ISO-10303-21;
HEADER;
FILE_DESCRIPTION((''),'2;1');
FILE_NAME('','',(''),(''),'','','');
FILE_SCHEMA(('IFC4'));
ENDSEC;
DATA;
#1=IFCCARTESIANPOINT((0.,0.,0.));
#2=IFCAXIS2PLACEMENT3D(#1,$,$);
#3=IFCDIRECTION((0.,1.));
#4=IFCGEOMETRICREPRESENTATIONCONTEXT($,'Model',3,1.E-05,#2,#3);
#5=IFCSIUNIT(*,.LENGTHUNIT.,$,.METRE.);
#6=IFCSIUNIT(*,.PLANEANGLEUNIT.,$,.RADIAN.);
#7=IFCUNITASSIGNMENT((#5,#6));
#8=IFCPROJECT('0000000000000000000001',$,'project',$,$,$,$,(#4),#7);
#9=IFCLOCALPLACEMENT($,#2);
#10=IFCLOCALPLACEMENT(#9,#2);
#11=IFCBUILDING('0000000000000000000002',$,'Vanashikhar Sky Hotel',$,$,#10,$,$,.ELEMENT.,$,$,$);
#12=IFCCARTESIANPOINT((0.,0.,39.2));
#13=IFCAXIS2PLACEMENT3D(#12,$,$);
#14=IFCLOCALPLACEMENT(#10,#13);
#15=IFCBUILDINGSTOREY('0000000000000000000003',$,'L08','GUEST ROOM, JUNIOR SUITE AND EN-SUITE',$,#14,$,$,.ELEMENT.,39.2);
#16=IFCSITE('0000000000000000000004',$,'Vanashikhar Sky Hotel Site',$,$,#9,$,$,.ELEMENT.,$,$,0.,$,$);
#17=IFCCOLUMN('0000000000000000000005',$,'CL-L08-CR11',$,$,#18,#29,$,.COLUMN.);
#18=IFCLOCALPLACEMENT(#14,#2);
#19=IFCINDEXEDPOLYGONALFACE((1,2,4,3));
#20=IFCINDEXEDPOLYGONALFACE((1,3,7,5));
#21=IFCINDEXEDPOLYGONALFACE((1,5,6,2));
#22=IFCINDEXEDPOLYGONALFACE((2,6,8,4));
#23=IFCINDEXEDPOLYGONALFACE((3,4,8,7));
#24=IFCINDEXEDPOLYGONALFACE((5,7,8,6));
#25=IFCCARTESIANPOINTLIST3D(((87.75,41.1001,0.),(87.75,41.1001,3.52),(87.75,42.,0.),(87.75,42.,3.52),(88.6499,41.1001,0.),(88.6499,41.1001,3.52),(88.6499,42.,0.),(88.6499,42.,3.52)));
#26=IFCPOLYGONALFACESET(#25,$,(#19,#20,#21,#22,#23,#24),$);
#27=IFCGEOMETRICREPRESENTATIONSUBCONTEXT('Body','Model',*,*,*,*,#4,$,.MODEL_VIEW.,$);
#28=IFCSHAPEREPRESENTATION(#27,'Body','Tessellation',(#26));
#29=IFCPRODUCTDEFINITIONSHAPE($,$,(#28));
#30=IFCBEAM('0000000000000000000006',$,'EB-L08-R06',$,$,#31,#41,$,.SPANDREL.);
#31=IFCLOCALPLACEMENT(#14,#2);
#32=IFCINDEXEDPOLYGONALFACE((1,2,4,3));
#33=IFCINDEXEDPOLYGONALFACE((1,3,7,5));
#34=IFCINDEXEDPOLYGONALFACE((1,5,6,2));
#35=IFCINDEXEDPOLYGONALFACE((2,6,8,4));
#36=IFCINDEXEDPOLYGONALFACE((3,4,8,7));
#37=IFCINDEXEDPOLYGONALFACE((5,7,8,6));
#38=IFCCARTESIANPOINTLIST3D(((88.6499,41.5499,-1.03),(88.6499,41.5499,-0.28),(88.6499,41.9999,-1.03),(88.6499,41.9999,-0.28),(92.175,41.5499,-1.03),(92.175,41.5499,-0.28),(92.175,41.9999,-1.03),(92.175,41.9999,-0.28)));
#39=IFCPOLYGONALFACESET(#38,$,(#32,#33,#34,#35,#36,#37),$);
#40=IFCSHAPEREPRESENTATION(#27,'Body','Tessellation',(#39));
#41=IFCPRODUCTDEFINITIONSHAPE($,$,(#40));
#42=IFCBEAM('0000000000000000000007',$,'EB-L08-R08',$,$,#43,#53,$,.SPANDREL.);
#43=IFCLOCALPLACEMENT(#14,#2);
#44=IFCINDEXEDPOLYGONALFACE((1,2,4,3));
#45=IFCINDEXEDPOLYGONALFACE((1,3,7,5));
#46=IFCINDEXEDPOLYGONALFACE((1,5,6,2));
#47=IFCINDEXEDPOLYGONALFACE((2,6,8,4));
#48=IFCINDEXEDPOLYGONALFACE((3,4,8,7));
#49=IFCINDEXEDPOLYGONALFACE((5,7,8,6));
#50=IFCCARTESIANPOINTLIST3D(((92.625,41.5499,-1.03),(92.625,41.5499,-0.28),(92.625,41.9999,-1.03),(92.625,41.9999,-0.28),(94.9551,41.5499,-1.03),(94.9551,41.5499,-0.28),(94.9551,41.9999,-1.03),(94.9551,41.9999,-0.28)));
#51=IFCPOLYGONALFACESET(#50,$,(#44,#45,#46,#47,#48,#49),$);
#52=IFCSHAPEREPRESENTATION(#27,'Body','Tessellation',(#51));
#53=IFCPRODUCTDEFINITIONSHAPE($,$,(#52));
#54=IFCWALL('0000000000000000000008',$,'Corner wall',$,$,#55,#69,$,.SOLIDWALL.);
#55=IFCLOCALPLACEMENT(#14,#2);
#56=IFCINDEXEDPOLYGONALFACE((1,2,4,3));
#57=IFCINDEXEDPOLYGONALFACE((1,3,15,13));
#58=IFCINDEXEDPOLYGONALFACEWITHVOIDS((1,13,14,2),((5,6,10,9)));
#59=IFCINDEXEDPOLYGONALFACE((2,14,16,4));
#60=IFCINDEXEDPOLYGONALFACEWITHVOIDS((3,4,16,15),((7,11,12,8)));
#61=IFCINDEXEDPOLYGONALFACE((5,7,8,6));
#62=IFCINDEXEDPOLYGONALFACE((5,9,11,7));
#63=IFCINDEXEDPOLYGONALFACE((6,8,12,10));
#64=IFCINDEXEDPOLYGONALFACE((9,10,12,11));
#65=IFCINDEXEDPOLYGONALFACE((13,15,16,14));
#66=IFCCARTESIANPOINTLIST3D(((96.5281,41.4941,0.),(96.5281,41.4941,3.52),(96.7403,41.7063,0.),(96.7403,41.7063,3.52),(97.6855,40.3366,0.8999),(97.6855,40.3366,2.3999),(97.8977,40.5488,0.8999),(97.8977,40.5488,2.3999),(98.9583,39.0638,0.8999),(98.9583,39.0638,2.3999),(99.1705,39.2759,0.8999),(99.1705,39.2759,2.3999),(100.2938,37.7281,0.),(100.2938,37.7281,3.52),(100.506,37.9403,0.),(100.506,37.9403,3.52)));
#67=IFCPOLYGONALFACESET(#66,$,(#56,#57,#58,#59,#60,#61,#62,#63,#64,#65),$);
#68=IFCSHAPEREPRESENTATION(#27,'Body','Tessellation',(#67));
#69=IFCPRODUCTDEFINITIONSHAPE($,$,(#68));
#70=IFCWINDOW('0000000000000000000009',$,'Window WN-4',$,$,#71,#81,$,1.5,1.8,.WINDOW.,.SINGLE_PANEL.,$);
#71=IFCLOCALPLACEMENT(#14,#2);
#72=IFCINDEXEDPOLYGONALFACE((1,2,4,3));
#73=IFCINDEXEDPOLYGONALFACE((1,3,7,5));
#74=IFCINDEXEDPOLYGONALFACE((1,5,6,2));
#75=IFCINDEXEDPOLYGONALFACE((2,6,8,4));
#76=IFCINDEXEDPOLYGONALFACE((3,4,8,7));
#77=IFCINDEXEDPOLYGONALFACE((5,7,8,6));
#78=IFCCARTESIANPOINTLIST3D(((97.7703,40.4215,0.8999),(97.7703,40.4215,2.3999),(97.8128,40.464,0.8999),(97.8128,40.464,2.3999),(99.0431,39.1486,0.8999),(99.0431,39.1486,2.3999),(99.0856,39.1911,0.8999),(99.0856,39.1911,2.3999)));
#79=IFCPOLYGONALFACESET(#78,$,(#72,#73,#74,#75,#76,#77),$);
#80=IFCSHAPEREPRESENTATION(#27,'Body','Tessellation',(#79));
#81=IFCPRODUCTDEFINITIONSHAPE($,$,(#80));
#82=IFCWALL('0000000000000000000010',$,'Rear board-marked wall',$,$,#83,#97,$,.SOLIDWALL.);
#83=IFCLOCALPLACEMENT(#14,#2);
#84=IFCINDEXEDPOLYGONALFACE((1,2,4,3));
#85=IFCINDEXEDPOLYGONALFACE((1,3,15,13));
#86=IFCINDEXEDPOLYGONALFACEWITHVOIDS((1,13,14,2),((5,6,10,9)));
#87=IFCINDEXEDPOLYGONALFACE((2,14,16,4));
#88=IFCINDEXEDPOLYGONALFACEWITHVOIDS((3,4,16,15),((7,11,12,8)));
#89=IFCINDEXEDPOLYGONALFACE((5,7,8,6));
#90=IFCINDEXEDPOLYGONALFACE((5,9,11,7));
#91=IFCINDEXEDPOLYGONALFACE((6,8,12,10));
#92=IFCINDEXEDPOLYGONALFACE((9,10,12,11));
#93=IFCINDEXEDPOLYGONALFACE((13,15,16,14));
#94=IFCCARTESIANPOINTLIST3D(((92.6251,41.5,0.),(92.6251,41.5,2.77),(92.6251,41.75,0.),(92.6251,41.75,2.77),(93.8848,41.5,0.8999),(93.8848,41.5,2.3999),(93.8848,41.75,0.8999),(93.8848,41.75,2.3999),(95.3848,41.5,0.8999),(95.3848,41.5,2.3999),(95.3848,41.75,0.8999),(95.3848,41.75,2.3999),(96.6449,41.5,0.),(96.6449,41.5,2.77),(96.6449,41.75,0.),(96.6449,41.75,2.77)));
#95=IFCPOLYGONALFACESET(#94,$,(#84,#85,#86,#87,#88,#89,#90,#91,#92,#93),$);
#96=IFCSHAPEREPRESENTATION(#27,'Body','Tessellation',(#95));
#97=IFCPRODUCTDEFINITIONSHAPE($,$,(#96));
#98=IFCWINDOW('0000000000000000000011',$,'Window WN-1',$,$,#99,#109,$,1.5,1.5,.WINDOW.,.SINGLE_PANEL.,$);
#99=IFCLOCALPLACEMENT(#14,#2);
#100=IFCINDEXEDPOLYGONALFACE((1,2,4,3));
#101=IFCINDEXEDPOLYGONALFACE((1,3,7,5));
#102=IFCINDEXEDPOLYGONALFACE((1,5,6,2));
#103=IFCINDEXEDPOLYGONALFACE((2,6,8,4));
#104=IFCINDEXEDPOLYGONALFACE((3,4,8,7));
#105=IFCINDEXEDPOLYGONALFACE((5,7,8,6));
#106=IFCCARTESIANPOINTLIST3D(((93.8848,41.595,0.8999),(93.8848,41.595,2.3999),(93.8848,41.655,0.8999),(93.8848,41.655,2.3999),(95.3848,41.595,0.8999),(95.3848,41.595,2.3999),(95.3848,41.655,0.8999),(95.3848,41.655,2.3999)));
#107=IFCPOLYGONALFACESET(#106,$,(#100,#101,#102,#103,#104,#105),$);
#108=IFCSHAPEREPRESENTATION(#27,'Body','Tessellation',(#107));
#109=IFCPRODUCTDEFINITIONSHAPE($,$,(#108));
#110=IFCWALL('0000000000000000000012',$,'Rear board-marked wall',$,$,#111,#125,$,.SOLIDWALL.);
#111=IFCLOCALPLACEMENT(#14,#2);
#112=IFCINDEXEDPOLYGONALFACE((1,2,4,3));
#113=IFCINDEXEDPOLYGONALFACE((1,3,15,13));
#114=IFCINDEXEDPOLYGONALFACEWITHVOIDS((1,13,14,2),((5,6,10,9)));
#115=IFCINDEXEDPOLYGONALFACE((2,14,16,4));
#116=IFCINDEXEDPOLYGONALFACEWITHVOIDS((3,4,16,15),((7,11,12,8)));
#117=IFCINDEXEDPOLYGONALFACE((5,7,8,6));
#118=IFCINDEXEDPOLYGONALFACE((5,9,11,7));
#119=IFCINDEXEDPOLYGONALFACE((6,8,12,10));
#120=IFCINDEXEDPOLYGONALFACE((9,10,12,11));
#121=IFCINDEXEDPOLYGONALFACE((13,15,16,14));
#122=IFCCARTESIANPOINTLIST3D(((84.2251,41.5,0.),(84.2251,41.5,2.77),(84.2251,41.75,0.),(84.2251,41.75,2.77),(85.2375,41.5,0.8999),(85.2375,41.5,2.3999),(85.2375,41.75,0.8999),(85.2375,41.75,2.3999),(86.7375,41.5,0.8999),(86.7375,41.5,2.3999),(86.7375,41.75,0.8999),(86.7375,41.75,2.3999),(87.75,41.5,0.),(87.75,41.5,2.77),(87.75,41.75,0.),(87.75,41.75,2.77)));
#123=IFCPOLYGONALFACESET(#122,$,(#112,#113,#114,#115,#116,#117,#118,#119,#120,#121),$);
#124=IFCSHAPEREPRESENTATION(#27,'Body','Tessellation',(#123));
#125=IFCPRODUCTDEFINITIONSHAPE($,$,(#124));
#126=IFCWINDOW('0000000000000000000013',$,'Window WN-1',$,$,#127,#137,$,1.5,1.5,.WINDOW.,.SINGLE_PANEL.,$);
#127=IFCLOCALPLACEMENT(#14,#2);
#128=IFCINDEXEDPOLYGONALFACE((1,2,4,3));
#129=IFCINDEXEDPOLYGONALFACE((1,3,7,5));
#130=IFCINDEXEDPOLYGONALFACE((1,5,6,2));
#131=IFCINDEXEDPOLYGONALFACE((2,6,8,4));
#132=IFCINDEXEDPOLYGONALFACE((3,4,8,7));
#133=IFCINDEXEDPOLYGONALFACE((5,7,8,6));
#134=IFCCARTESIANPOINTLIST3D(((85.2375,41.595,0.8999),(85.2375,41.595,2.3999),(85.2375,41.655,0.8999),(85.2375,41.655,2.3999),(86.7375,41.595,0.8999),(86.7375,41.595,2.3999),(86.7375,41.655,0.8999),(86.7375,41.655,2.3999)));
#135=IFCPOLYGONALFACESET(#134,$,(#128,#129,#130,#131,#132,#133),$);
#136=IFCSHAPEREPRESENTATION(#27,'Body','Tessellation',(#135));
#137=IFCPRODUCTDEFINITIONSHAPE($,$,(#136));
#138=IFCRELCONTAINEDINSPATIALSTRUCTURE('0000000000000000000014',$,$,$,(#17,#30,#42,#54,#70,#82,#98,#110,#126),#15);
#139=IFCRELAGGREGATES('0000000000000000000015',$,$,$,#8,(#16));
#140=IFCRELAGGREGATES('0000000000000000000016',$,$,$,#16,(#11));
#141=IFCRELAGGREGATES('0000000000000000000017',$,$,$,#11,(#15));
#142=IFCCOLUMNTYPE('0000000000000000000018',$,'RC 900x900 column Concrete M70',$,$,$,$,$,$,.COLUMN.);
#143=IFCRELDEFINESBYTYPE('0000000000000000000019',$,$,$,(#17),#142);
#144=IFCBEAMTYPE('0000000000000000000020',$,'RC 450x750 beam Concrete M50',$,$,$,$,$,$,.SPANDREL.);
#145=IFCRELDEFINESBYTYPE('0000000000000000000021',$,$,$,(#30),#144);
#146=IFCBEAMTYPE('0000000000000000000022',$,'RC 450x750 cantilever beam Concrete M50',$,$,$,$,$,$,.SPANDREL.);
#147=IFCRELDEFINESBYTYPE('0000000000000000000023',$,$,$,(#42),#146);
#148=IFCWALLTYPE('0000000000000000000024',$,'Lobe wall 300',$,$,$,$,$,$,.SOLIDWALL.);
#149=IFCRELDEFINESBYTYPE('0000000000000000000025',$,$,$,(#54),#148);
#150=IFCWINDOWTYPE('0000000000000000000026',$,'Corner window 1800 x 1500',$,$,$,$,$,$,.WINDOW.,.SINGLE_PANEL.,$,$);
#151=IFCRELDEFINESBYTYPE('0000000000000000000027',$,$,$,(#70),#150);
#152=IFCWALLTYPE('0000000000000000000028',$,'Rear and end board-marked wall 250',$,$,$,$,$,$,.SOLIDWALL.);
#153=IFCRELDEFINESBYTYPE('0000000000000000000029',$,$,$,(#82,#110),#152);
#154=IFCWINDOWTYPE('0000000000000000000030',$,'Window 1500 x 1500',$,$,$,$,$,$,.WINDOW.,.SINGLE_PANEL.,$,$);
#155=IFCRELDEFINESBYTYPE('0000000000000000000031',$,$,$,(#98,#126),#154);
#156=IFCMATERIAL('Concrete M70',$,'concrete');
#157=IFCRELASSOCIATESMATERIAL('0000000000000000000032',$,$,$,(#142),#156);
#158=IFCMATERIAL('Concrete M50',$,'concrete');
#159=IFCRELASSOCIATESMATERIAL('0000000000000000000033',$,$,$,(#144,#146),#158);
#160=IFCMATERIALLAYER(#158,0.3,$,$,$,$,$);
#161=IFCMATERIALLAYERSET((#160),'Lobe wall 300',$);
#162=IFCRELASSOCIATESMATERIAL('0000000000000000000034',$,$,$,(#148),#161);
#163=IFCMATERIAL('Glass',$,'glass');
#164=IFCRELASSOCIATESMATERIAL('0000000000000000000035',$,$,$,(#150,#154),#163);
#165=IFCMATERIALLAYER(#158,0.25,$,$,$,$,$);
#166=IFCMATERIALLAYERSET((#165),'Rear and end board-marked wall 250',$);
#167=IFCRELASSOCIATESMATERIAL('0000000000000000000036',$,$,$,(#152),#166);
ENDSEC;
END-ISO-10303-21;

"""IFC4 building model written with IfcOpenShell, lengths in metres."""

from ifc_helpers import new_model, si_unit, direction, frame, frame_2d, origin, origin_2d, place, context, subcontext, project, spatial, rectangle, extrude, source, transform, mapped, material, layer, layer_set, material_profile, profile_set, type_object, element, fill, save


model = new_model("IFC4")

# Units and contexts
model_context = context("Model", 3, precision=1e-05, world=origin(), true_north=direction((0.0, 1.0)))
body_context = subcontext(model_context, "Body", "Model", "MODEL_VIEW")
ifc_project = project(units=[si_unit("LENGTHUNIT", "METRE"), si_unit("PLANEANGLEUNIT", "RADIAN")], contexts=[model_context])

# Site, building, storey
site_placement = place(None, origin())
site = spatial("IfcSite", under=ifc_project, at=site_placement, Name="Vanashikhar Sky Hotel Site", CompositionType="ELEMENT", RefElevation=0.0)
building_placement = place(site_placement, origin())
building = spatial("IfcBuilding", under=site, at=building_placement, Name="Vanashikhar Sky Hotel", CompositionType="ELEMENT")
storey_placement = place(building_placement, frame((0.0, 0.0, 39.2)))
storey = spatial("IfcBuildingStorey", under=building, at=storey_placement, Name="L08", Description="GUEST ROOM, JUNIOR SUITE AND EN-SUITE", CompositionType="ELEMENT", Elevation=39.2)

# Column
ifc_material_1 = material(Name="Concrete M70", Category="concrete")
ifc_material_profile_1 = material_profile(ifc_material_1, rectangle(XDim=0.8999, YDim=0.8999, at=origin_2d()))
ifc_profile_set_1 = profile_set([ifc_material_profile_1], Name="RC 900x900 column Concrete M70")
column_type = type_object("IfcColumnType", Name="RC 900x900 column Concrete M70", PredefinedType="COLUMN", material=ifc_profile_set_1)
shared_shape_1 = source(origin(), body_context, "Body", "SweptSolid", [
    extrude(rectangle(XDim=0.8999, YDim=0.8999, at=origin_2d()), origin(), (0.0, 0.0, 1.0), 3.52),
])
column_placement = place(storey_placement, frame((88.2, 41.55, 0.0), z_axis=(0.0, 0.0, 1.0), x_axis=(1.0, 0.0, 0.0)))
element("IfcColumn", 1, at=column_placement, inside=storey, type_object=column_type, Name="CL-L08-CR11", PredefinedType="COLUMN", context=body_context, shape_type="MappedRepresentation", body=[
    mapped(shared_shape_1, transform((0.0, 0.0, 0.0), scale=1.0)),
])

# Beams
ifc_material_2 = material(Name="Concrete M50", Category="concrete")
ifc_material_profile_2 = material_profile(ifc_material_2, rectangle(XDim=0.45, YDim=0.75, at=origin_2d()))
ifc_profile_set_2 = profile_set([ifc_material_profile_2], Name="RC 450x750 beam Concrete M50")
beam_type_1 = type_object("IfcBeamType", Name="RC 450x750 beam Concrete M50", PredefinedType="SPANDREL", material=ifc_profile_set_2)
shared_shape_2 = source(origin(), body_context, "Body", "SweptSolid", [
    extrude(rectangle(XDim=0.45, YDim=0.75, at=origin_2d()), origin(), (0.0, 0.0, 1.0), 3.5251),
])
beam_1_placement = place(storey_placement, frame((88.6499, 41.7749, -0.655), z_axis=(1.0, 0.0, 0.0), x_axis=(0.0, 1.0, 0.0)))
element("IfcBeam", 2, at=beam_1_placement, inside=storey, type_object=beam_type_1, Name="EB-L08-R06", PredefinedType="SPANDREL", context=body_context, shape_type="MappedRepresentation", body=[
    mapped(shared_shape_2, transform((0.0, 0.0, 0.0), scale=1.0)),
])
ifc_material_profile_3 = material_profile(ifc_material_2, rectangle(XDim=0.45, YDim=0.75, at=origin_2d()))
ifc_profile_set_3 = profile_set([ifc_material_profile_3], Name="RC 450x750 cantilever beam Concrete M50")
beam_type_2 = type_object("IfcBeamType", Name="RC 450x750 cantilever beam Concrete M50", PredefinedType="SPANDREL", material=ifc_profile_set_3)
shared_shape_3 = source(origin(), body_context, "Body", "SweptSolid", [
    extrude(rectangle(XDim=0.45, YDim=0.75, at=origin_2d()), origin(), (0.0, 0.0, 1.0), 2.3301),
])
beam_2_placement = place(storey_placement, frame((92.625, 41.7749, -0.655), z_axis=(1.0, 0.0, 0.0), x_axis=(0.0, 1.0, 0.0)))
element("IfcBeam", 3, at=beam_2_placement, inside=storey, type_object=beam_type_2, Name="EB-L08-R08", PredefinedType="SPANDREL", context=body_context, shape_type="MappedRepresentation", body=[
    mapped(shared_shape_3, transform((0.0, 0.0, 0.0), scale=1.0)),
])

# Walls, openings, windows
ifc_layer_1 = layer(ifc_material_2, 0.3)
ifc_layer_set_1 = layer_set([ifc_layer_1], Name="Lobe wall 300")
wall_type_1 = type_object("IfcWallType", Name="Lobe wall 300", PredefinedType="SOLIDWALL", material=ifc_layer_set_1)
shared_shape_4 = source(origin(), body_context, "Body", "SweptSolid", [
    extrude(rectangle(XDim=5.3257, YDim=0.3, at=frame_2d((2.6628, 0.0))), origin(), (0.0, 0.0, 1.0), 3.52),
])
wall_1_placement = place(storey_placement, frame((100.3999, 37.8342, 0.0), z_axis=(0.0, 0.0, 1.0), x_axis=(-0.707084, 0.70713, 0.0)))
wall_1 = element("IfcWall", 4, at=wall_1_placement, inside=storey, type_object=wall_type_1, Name="Corner wall", PredefinedType="SOLIDWALL", context=body_context, shape_type="MappedRepresentation", body=[
    mapped(shared_shape_4, transform((0.0, 0.0, 0.0), scale=1.0)),
])
shared_shape_5 = source(origin(), body_context, "Body", "SweptSolid", [
    extrude(rectangle(XDim=1.8, YDim=1.5, at=frame_2d((0.8999, 0.75))), frame((0.0, 0.1602, 0.0), z_axis=(0.0, -1.0, 0.0), x_axis=(1.0, 0.0, 0.0)), (0.0, 0.0, 1.0), 0.3201),
])
opening_1_placement = place(wall_1_placement, frame((1.8889, 0.0, 0.8999)))
opening_1 = element("IfcOpeningElement", 5, at=opening_1_placement, cuts=wall_1, PredefinedType="OPENING", context=body_context, shape_type="MappedRepresentation", body=[
    mapped(shared_shape_5, transform((0.0, 0.0, 0.0), scale=1.0)),
])
ifc_material_3 = material(Name="Glass", Category="glass")
window_type_1 = type_object("IfcWindowType", Name="Corner window 1800 x 1500", PartitioningType="SINGLE_PANEL", PredefinedType="WINDOW", material=ifc_material_3)
shared_shape_6 = source(origin(), body_context, "Body", "SweptSolid", [
    extrude(rectangle(XDim=1.8, YDim=1.5, at=frame_2d((0.8999, 0.75))), frame((0.0, 0.03, 0.0), z_axis=(0.0, -1.0, 0.0), x_axis=(1.0, 0.0, 0.0)), (0.0, 0.0, 1.0), 0.0601),
])
window_1_placement = place(opening_1_placement, origin())
window_1 = element("IfcWindow", 6, at=window_1_placement, inside=storey, type_object=window_type_1, Name="Window WN-4", OverallHeight=1.5, OverallWidth=1.8, PartitioningType="SINGLE_PANEL", PredefinedType="WINDOW", context=body_context, shape_type="MappedRepresentation", body=[
    mapped(shared_shape_6, transform((0.0, 0.0, 0.0), scale=1.0)),
])
fill(opening_1, window_1)
ifc_layer_2 = layer(ifc_material_2, 0.25)
ifc_layer_set_2 = layer_set([ifc_layer_2], Name="Rear and end board-marked wall 250")
wall_type_2 = type_object("IfcWallType", Name="Rear and end board-marked wall 250", PredefinedType="SOLIDWALL", material=ifc_layer_set_2)
shared_shape_7 = source(origin(), body_context, "Body", "SweptSolid", [
    extrude(rectangle(XDim=4.0198, YDim=0.25, at=frame_2d((2.0098, 0.0))), origin(), (0.0, 0.0, 1.0), 2.77),
])
wall_2_placement = place(storey_placement, frame((96.6448, 41.625, 0.0), z_axis=(0.0, 0.0, 1.0), x_axis=(-1.0, 0.0, 0.0)))
wall_2 = element("IfcWall", 7, at=wall_2_placement, inside=storey, type_object=wall_type_2, Name="Rear board-marked wall", PredefinedType="SOLIDWALL", context=body_context, shape_type="MappedRepresentation", body=[
    mapped(shared_shape_7, transform((0.0, 0.0, 0.0), scale=1.0)),
])
shared_shape_8 = source(origin(), body_context, "Body", "SweptSolid", [
    extrude(rectangle(XDim=1.5, YDim=1.5, at=frame_2d((0.75, 0.75))), frame((0.0, 0.135, 0.0), z_axis=(0.0, -1.0, 0.0), x_axis=(1.0, 0.0, 0.0)), (0.0, 0.0, 1.0), 0.27),
])
opening_2_placement = place(wall_2_placement, frame((1.26, 0.0, 0.8999)))
opening_2 = element("IfcOpeningElement", 8, at=opening_2_placement, cuts=wall_2, PredefinedType="OPENING", context=body_context, shape_type="MappedRepresentation", body=[
    mapped(shared_shape_8, transform((0.0, 0.0, 0.0), scale=1.0)),
])
window_type_2 = type_object("IfcWindowType", Name="Window 1500 x 1500", PartitioningType="SINGLE_PANEL", PredefinedType="WINDOW", material=ifc_material_3)
shared_shape_9 = source(origin(), body_context, "Body", "SweptSolid", [
    extrude(rectangle(XDim=1.5, YDim=1.5, at=frame_2d((0.75, 0.75))), frame((0.0, 0.03, 0.0), z_axis=(0.0, -1.0, 0.0), x_axis=(1.0, 0.0, 0.0)), (0.0, 0.0, 1.0), 0.0601),
])
window_2_placement = place(opening_2_placement, origin())
window_2 = element("IfcWindow", 9, at=window_2_placement, inside=storey, type_object=window_type_2, Name="Window WN-1", OverallHeight=1.5, OverallWidth=1.5, PartitioningType="SINGLE_PANEL", PredefinedType="WINDOW", context=body_context, shape_type="MappedRepresentation", body=[
    mapped(shared_shape_9, transform((0.0, 0.0, 0.0), scale=1.0)),
])
fill(opening_2, window_2)
shared_shape_10 = source(origin(), body_context, "Body", "SweptSolid", [
    extrude(rectangle(XDim=3.5249, YDim=0.25, at=frame_2d((1.7625, 0.0))), origin(), (0.0, 0.0, 1.0), 2.77),
])
wall_3_placement = place(storey_placement, frame((87.75, 41.625, 0.0), z_axis=(0.0, 0.0, 1.0), x_axis=(-1.0, 0.0, 0.0)))
wall_3 = element("IfcWall", 10, at=wall_3_placement, inside=storey, type_object=wall_type_2, Name="Rear board-marked wall", PredefinedType="SOLIDWALL", context=body_context, shape_type="MappedRepresentation", body=[
    mapped(shared_shape_10, transform((0.0, 0.0, 0.0), scale=1.0)),
])
opening_3_placement = place(wall_3_placement, frame((1.0125, 0.0, 0.8999)))
opening_3 = element("IfcOpeningElement", 11, at=opening_3_placement, cuts=wall_3, PredefinedType="OPENING", context=body_context, shape_type="MappedRepresentation", body=[
    mapped(shared_shape_8, transform((0.0, 0.0, 0.0), scale=1.0)),
])
window_3_placement = place(opening_3_placement, origin())
window_3 = element("IfcWindow", 12, at=window_3_placement, inside=storey, type_object=window_type_2, Name="Window WN-1", OverallHeight=1.5, OverallWidth=1.5, PartitioningType="SINGLE_PANEL", PredefinedType="WINDOW", context=body_context, shape_type="MappedRepresentation", body=[
    mapped(shared_shape_9, transform((0.0, 0.0, 0.0), scale=1.0)),
])
fill(opening_3, window_3)

save(model, "model.ifc")
